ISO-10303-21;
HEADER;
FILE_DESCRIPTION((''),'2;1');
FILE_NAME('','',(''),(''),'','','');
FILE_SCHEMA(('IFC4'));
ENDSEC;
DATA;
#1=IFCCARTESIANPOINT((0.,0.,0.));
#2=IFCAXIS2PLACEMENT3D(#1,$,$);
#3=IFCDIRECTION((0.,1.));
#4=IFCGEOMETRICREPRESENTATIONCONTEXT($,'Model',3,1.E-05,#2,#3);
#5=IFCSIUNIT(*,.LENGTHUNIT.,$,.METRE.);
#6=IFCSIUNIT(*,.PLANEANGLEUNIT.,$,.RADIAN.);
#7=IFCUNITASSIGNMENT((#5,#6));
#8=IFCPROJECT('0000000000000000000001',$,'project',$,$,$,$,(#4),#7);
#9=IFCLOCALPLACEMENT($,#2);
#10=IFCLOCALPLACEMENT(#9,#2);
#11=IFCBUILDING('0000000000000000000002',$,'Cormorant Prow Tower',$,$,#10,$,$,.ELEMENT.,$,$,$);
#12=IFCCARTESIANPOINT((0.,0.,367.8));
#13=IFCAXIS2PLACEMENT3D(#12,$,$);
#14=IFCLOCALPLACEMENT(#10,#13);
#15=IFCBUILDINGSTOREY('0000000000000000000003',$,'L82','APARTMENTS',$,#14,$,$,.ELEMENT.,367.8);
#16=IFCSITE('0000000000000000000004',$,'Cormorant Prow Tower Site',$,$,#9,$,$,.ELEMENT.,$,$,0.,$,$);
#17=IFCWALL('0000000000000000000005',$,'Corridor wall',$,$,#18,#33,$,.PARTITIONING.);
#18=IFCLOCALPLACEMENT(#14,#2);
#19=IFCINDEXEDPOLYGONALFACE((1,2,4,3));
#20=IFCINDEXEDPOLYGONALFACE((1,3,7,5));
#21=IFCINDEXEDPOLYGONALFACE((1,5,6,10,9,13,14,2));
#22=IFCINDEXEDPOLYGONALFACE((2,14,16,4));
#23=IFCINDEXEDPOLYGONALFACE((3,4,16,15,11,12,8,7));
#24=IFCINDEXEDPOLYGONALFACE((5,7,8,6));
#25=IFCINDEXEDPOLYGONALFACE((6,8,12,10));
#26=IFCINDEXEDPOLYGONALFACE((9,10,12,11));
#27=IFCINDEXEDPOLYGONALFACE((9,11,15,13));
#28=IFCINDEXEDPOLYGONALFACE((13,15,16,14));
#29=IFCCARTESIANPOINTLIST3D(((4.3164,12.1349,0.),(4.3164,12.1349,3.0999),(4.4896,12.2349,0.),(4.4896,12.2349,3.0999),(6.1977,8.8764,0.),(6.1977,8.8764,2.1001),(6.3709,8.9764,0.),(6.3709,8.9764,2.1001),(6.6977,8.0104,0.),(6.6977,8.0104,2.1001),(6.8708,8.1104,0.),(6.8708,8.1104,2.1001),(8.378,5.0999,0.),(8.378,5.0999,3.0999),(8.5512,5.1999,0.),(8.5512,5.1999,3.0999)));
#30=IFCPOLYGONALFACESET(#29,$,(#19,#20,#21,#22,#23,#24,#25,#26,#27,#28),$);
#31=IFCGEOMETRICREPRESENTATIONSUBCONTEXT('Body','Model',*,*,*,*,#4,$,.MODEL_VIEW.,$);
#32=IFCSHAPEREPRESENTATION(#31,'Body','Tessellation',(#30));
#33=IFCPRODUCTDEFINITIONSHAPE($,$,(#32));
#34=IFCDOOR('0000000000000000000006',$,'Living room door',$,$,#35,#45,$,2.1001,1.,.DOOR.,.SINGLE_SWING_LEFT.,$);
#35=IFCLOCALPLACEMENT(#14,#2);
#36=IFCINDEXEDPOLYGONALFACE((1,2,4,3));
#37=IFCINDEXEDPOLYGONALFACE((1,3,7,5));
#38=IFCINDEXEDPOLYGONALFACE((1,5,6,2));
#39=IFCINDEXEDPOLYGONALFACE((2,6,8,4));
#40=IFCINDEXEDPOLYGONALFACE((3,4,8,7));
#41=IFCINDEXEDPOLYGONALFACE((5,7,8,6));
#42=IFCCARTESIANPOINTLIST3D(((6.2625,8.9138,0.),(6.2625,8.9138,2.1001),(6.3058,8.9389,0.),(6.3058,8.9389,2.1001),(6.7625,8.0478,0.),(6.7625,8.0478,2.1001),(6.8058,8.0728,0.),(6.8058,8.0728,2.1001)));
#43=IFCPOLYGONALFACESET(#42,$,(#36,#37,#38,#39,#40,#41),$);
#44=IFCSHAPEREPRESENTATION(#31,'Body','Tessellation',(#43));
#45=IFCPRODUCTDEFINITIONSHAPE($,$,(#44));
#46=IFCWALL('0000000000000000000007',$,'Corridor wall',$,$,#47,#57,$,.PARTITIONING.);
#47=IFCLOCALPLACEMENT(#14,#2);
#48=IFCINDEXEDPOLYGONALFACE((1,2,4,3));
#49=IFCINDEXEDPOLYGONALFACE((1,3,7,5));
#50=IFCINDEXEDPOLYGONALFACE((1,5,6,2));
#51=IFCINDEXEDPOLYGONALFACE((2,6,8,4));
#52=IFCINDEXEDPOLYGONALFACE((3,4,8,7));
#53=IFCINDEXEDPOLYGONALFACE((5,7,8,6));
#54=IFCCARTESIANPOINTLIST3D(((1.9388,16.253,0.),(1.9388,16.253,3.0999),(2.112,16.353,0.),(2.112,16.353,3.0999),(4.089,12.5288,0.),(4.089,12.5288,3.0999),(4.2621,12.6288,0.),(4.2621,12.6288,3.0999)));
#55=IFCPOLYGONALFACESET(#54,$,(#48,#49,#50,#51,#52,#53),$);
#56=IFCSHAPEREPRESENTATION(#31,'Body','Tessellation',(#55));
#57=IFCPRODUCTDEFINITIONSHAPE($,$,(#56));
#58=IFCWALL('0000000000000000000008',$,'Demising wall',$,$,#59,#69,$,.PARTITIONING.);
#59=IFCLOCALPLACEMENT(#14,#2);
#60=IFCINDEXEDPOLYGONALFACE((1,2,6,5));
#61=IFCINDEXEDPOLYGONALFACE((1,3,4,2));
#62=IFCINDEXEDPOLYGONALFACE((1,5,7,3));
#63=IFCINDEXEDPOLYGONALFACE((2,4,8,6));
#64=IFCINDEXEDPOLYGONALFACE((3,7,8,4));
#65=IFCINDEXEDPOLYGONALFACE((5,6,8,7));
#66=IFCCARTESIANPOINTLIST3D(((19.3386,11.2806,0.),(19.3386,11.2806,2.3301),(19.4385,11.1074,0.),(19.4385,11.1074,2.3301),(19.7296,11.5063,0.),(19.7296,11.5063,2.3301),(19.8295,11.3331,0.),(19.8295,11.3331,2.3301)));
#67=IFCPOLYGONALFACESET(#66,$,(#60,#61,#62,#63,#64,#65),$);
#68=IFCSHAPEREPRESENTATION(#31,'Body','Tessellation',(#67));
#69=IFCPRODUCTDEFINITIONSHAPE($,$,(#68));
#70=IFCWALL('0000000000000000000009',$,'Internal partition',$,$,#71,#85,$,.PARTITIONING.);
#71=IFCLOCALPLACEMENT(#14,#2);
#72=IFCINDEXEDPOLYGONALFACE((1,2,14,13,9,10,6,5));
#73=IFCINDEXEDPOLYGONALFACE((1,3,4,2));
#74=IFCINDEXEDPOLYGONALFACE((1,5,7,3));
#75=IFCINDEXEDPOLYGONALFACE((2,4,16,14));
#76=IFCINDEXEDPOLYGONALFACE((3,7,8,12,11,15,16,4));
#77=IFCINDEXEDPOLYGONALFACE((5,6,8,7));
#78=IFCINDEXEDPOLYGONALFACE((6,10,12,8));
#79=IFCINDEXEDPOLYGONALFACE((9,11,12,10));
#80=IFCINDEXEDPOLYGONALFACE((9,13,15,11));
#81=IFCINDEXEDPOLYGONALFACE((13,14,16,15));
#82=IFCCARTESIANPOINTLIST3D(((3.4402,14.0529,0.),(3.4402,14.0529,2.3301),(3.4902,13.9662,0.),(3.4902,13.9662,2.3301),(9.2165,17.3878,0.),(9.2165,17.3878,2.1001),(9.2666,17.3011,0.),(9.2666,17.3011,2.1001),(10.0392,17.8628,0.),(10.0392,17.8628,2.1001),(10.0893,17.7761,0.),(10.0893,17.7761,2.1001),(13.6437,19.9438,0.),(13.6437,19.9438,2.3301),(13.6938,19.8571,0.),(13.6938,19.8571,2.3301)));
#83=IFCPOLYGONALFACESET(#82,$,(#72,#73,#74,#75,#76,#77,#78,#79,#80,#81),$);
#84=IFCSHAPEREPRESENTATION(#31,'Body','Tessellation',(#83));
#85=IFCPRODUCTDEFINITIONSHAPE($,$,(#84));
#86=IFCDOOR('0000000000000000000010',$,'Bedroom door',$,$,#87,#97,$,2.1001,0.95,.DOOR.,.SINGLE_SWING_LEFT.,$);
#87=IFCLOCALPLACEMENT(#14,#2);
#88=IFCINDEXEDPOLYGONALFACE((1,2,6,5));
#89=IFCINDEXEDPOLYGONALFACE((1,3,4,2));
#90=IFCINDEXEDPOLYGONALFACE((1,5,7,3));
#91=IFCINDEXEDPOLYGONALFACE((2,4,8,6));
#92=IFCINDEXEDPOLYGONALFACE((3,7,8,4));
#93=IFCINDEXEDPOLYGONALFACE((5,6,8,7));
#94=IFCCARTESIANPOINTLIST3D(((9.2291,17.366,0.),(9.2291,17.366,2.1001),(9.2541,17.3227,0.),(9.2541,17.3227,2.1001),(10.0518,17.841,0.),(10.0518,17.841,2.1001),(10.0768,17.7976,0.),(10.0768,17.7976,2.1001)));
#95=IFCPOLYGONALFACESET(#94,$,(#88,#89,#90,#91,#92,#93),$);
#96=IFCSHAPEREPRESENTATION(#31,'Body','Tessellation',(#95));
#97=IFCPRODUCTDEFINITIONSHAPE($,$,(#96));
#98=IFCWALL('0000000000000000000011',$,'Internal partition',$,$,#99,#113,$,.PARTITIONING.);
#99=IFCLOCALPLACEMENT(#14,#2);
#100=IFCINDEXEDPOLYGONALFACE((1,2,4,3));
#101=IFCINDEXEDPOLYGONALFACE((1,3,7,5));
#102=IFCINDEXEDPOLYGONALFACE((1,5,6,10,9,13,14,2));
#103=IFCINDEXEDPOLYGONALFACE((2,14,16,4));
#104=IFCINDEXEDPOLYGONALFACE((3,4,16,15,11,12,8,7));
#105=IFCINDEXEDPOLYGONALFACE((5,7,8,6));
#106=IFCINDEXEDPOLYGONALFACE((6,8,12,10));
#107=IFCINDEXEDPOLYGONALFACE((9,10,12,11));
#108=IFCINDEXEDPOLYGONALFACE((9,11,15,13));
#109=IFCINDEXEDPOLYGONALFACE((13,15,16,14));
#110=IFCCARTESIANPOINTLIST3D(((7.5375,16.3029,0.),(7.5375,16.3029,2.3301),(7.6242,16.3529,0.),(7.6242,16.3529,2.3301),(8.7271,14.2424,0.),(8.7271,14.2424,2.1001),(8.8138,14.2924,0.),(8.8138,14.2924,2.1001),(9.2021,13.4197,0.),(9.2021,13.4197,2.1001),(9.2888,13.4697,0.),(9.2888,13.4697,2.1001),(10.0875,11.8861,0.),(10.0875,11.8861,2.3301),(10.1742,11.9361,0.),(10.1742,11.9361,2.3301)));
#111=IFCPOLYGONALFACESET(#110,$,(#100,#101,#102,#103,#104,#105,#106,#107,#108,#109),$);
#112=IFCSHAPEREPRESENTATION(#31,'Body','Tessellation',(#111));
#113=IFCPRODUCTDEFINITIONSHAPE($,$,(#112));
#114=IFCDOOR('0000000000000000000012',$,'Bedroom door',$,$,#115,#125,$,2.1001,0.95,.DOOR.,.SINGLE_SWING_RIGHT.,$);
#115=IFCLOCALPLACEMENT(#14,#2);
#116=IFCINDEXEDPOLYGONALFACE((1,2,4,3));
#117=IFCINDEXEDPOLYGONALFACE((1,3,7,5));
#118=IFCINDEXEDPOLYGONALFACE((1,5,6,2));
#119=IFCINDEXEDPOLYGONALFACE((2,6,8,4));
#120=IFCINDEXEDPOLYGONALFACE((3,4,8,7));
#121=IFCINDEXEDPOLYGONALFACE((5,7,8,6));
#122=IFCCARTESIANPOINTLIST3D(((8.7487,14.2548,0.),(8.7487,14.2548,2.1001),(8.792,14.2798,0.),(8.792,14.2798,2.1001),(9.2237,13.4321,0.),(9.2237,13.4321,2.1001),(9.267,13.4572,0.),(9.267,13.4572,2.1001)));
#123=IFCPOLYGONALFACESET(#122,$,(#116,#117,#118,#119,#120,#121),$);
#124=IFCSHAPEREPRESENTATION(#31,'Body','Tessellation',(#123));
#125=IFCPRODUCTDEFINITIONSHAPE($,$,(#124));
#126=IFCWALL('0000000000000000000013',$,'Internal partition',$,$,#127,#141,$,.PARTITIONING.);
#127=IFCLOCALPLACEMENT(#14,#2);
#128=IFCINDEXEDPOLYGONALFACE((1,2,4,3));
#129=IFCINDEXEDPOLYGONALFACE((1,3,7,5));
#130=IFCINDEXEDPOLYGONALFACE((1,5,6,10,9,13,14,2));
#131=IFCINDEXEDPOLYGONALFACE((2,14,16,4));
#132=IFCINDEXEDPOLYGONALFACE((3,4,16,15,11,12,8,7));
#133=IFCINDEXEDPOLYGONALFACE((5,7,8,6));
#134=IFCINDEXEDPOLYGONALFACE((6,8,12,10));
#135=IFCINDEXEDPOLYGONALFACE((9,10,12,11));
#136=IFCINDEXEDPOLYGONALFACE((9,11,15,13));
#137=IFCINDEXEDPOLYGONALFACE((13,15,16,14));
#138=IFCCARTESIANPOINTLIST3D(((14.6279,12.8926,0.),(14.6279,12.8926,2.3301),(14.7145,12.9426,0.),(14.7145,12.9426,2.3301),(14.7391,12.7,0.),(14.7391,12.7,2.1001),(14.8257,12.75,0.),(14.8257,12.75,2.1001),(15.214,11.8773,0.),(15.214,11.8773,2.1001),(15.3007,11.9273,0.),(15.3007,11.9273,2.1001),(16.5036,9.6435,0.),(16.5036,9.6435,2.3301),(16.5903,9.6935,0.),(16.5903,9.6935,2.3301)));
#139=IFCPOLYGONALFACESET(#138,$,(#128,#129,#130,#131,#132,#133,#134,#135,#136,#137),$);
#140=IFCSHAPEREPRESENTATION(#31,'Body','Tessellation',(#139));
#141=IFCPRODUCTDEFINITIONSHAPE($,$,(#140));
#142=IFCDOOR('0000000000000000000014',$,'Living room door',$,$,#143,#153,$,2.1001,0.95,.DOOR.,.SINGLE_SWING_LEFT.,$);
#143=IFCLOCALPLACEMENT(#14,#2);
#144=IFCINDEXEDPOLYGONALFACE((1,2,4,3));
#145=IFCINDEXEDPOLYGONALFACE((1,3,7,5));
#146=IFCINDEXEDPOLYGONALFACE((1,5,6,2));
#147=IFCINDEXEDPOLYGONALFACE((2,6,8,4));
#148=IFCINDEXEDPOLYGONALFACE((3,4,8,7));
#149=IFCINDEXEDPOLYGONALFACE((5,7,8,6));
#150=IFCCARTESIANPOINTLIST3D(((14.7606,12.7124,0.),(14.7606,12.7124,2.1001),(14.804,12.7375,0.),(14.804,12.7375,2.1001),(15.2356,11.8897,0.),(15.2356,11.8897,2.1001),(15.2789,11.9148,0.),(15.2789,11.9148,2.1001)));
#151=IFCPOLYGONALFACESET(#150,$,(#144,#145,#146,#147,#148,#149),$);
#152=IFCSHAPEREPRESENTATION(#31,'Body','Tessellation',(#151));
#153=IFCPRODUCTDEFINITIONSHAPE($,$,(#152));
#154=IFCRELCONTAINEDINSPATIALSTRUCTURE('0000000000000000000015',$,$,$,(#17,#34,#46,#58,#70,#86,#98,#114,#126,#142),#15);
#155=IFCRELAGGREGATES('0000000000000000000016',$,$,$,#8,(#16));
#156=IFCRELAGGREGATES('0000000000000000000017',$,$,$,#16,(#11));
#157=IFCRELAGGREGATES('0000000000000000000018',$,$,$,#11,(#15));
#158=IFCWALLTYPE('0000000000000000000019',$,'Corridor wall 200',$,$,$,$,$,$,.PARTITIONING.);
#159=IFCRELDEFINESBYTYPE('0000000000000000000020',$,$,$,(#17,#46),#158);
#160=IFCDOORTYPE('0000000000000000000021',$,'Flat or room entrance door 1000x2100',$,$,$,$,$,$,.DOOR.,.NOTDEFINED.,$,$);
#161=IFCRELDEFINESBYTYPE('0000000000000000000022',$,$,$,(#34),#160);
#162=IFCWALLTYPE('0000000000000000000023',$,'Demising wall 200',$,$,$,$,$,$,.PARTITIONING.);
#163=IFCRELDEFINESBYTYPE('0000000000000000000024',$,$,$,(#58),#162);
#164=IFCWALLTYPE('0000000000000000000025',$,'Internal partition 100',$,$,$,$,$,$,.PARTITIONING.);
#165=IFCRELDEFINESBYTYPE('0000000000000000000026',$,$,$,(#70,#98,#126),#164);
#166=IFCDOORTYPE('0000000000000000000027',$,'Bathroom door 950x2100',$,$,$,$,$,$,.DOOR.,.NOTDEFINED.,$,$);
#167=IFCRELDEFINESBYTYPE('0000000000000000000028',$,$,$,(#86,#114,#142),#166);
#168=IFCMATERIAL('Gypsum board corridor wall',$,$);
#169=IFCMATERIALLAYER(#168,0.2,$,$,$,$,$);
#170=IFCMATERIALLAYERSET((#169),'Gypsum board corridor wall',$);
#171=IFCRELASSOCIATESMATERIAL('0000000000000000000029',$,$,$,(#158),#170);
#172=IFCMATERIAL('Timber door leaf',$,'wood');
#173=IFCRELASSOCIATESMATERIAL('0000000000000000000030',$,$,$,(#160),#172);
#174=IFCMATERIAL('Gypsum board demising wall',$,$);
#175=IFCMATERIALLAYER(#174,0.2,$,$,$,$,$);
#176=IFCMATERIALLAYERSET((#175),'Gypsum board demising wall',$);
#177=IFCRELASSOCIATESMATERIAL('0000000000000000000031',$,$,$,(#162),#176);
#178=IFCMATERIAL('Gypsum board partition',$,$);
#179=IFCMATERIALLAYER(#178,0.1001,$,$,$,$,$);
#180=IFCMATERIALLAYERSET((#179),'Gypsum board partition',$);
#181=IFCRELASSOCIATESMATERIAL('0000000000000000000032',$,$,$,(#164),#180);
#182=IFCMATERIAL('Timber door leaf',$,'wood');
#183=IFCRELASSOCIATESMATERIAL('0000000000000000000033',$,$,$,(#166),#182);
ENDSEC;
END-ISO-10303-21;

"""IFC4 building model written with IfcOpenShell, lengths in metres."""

from ifc_helpers import new_model, si_unit, direction, frame, frame_2d, origin, place, context, subcontext, project, spatial, rectangle, extrude, material, layer, layer_set, type_object, element, fill, save


model = new_model("IFC4")

# Units and contexts
model_context = context("Model", 3, precision=1e-05, world=origin(), true_north=direction((0.0, 1.0)))
body_context = subcontext(model_context, "Body", "Model", "MODEL_VIEW")
ifc_project = project(units=[si_unit("LENGTHUNIT", "METRE"), si_unit("PLANEANGLEUNIT", "RADIAN")], contexts=[model_context])

# Site, building, storey
site_placement = place(None, origin())
site = spatial("IfcSite", under=ifc_project, at=site_placement, Name="Cormorant Prow Tower Site", CompositionType="ELEMENT", RefElevation=0.0)
building_placement = place(site_placement, origin())
building = spatial("IfcBuilding", under=site, at=building_placement, Name="Cormorant Prow Tower", CompositionType="ELEMENT")
storey_placement = place(building_placement, frame((0.0, 0.0, 367.8)))
storey = spatial("IfcBuildingStorey", under=building, at=storey_placement, Name="L82", Description="APARTMENTS", CompositionType="ELEMENT", Elevation=367.8)

# Wall, opening, door
ifc_material_1 = material(Name="Gypsum board corridor wall")
ifc_layer_1 = layer(ifc_material_1, 0.2)
ifc_layer_set_1 = layer_set([ifc_layer_1], Name="Gypsum board corridor wall")
wall_type_1 = type_object("IfcWallType", Name="Corridor wall 200", PredefinedType="PARTITIONING", material=ifc_layer_set_1)
wall_1_placement = place(storey_placement, frame((4.4031, 12.1848, 0.0), z_axis=(0.0, 0.0, 1.0), x_axis=(0.499992, -0.86603, 0.0)))
wall_1 = element("IfcWall", 1, at=wall_1_placement, inside=storey, type_object=wall_type_1, Name="Corridor wall", PredefinedType="PARTITIONING", context=body_context, shape_type="SweptSolid", body=[
    extrude(rectangle(XDim=8.1233, YDim=0.2, at=frame_2d((4.0615, 0.0))), origin(), (0.0, 0.0, 1.0), 3.0999),
])
opening_1_placement = place(wall_1_placement, frame((3.7625, 0.0, 0.0)))
opening_1 = element("IfcOpeningElement", 2, at=opening_1_placement, cuts=wall_1, PredefinedType="OPENING", context=body_context, shape_type="SweptSolid", body=[
    extrude(rectangle(XDim=1.0, YDim=2.1001, at=frame_2d((0.5, 1.05))), frame((0.0, 0.1099, 0.0), z_axis=(0.0, -1.0, 0.0), x_axis=(1.0, 0.0, 0.0)), (0.0, 0.0, 1.0), 0.22),
])
ifc_material_2 = material(Name="Timber door leaf", Category="wood")
door_type_1 = type_object("IfcDoorType", Name="Flat or room entrance door 1000x2100", OperationType="NOTDEFINED", PredefinedType="DOOR", material=ifc_material_2)
door_1_placement = place(opening_1_placement, origin())
door_1 = element("IfcDoor", 3, at=door_1_placement, inside=storey, type_object=door_type_1, Name="Living room door", OperationType="SINGLE_SWING_LEFT", OverallHeight=2.1001, OverallWidth=1.0, PredefinedType="DOOR", context=body_context, shape_type="SweptSolid", body=[
    extrude(rectangle(XDim=1.0, YDim=2.1001, at=frame_2d((0.5, 1.05))), frame((0.0, 0.0249, 0.0), z_axis=(0.0, -1.0, 0.0), x_axis=(1.0, 0.0, 0.0)), (0.0, 0.0, 1.0), 0.05),
])
fill(opening_1, door_1)

# Walls
wall_2_placement = place(storey_placement, frame((2.0254, 16.303, 0.0), z_axis=(0.0, 0.0, 1.0), x_axis=(0.500004, -0.866023, 0.0)))
element("IfcWall", 4, at=wall_2_placement, inside=storey, type_object=wall_type_1, Name="Corridor wall", PredefinedType="PARTITIONING", context=body_context, shape_type="SweptSolid", body=[
    extrude(rectangle(XDim=4.3003, YDim=0.2, at=frame_2d((2.1501, 0.0))), origin(), (0.0, 0.0, 1.0), 3.0999),
])
ifc_material_3 = material(Name="Gypsum board demising wall")
ifc_layer_2 = layer(ifc_material_3, 0.2)
ifc_layer_set_2 = layer_set([ifc_layer_2], Name="Gypsum board demising wall")
wall_type_2 = type_object("IfcWallType", Name="Demising wall 200", PredefinedType="PARTITIONING", material=ifc_layer_set_2)
wall_3_placement = place(storey_placement, frame((19.3887, 11.1941, 0.0), z_axis=(0.0, 0.0, 1.0), x_axis=(0.866105, 0.499863, 0.0)))
element("IfcWall", 5, at=wall_3_placement, inside=storey, type_object=wall_type_2, Name="Demising wall", PredefinedType="PARTITIONING", context=body_context, shape_type="SweptSolid", body=[
    extrude(rectangle(XDim=0.4514, YDim=0.2, at=frame_2d((0.2256, 0.0))), origin(), (0.0, 0.0, 1.0), 2.3301),
])

# Walls, openings, doors
ifc_material_4 = material(Name="Gypsum board partition")
ifc_layer_3 = layer(ifc_material_4, 0.1001)
ifc_layer_set_3 = layer_set([ifc_layer_3], Name="Gypsum board partition")
wall_type_3 = type_object("IfcWallType", Name="Internal partition 100", PredefinedType="PARTITIONING", material=ifc_layer_set_3)
wall_4_placement = place(storey_placement, frame((3.4651, 14.0095, 0.0), z_axis=(0.0, 0.0, 1.0), x_axis=(0.866032, 0.499988, 0.0)))
wall_4 = element("IfcWall", 6, at=wall_4_placement, inside=storey, type_object=wall_type_3, Name="Internal partition", PredefinedType="PARTITIONING", context=body_context, shape_type="SweptSolid", body=[
    extrude(rectangle(XDim=11.782, YDim=0.1001, at=frame_2d((5.8911, 0.0))), origin(), (0.0, 0.0, 1.0), 2.3301),
])
opening_2_placement = place(wall_4_placement, frame((6.6699, 0.0, 0.0)))
opening_2 = element("IfcOpeningElement", 7, at=opening_2_placement, cuts=wall_4, PredefinedType="OPENING", context=body_context, shape_type="SweptSolid", body=[
    extrude(rectangle(XDim=0.95, YDim=2.1001, at=frame_2d((0.4751, 1.05))), frame((0.0, 0.0601, 0.0), z_axis=(0.0, -1.0, 0.0), x_axis=(1.0, 0.0, 0.0)), (0.0, 0.0, 1.0), 0.1201),
])
ifc_material_5 = material(Name="Timber door leaf", Category="wood")
door_type_2 = type_object("IfcDoorType", Name="Bathroom door 950x2100", OperationType="NOTDEFINED", PredefinedType="DOOR", material=ifc_material_5)
door_2_placement = place(opening_2_placement, origin())
door_2 = element("IfcDoor", 8, at=door_2_placement, inside=storey, type_object=door_type_2, Name="Bedroom door", OperationType="SINGLE_SWING_LEFT", OverallHeight=2.1001, OverallWidth=0.95, PredefinedType="DOOR", context=body_context, shape_type="SweptSolid", body=[
    extrude(rectangle(XDim=0.95, YDim=2.1001, at=frame_2d((0.4751, 1.05))), frame((0.0, 0.0249, 0.0), z_axis=(0.0, -1.0, 0.0), x_axis=(1.0, 0.0, 0.0)), (0.0, 0.0, 1.0), 0.05),
])
fill(opening_2, door_2)
wall_5_placement = place(storey_placement, frame((7.5808, 16.3279, 0.0), z_axis=(0.0, 0.0, 1.0), x_axis=(0.500006, -0.866022, 0.0)))
wall_5 = element("IfcWall", 9, at=wall_5_placement, inside=storey, type_object=wall_type_3, Name="Internal partition", PredefinedType="PARTITIONING", context=body_context, shape_type="SweptSolid", body=[
    extrude(rectangle(XDim=5.1001, YDim=0.1001, at=frame_2d((2.55, 0.0))), origin(), (0.0, 0.0, 1.0), 2.3301),
])
opening_3_placement = place(wall_5_placement, frame((2.3792, 0.0, 0.0)))
opening_3 = element("IfcOpeningElement", 10, at=opening_3_placement, cuts=wall_5, PredefinedType="OPENING", context=body_context, shape_type="SweptSolid", body=[
    extrude(rectangle(XDim=0.95, YDim=2.1001, at=frame_2d((0.4751, 1.05))), frame((0.0, 0.0601, 0.0), z_axis=(0.0, -1.0, 0.0), x_axis=(1.0, 0.0, 0.0)), (0.0, 0.0, 1.0), 0.1201),
])
door_3_placement = place(opening_3_placement, origin())
door_3 = element("IfcDoor", 11, at=door_3_placement, inside=storey, type_object=door_type_2, Name="Bedroom door", OperationType="SINGLE_SWING_RIGHT", OverallHeight=2.1001, OverallWidth=0.95, PredefinedType="DOOR", context=body_context, shape_type="SweptSolid", body=[
    extrude(rectangle(XDim=0.95, YDim=2.1001, at=frame_2d((0.4751, 1.05))), frame((0.0, 0.0249, 0.0), z_axis=(0.0, -1.0, 0.0), x_axis=(1.0, 0.0, 0.0)), (0.0, 0.0, 1.0), 0.05),
])
fill(opening_3, door_3)
wall_6_placement = place(storey_placement, frame((14.6711, 12.9177, 0.0), z_axis=(0.0, 0.0, 1.0), x_axis=(0.499982, -0.866036, 0.0)))
wall_6 = element("IfcWall", 12, at=wall_6_placement, inside=storey, type_object=wall_type_3, Name="Internal partition", PredefinedType="PARTITIONING", context=body_context, shape_type="SweptSolid", body=[
    extrude(rectangle(XDim=3.7517, YDim=0.1001, at=frame_2d((1.876, 0.0))), origin(), (0.0, 0.0, 1.0), 2.3301),
])
opening_4_placement = place(wall_6_placement, frame((0.2224, 0.0, 0.0)))
opening_4 = element("IfcOpeningElement", 13, at=opening_4_placement, cuts=wall_6, PredefinedType="OPENING", context=body_context, shape_type="SweptSolid", body=[
    extrude(rectangle(XDim=0.95, YDim=2.1001, at=frame_2d((0.4751, 1.05))), frame((0.0, 0.0601, 0.0), z_axis=(0.0, -1.0, 0.0), x_axis=(1.0, 0.0, 0.0)), (0.0, 0.0, 1.0), 0.1201),
])
door_4_placement = place(opening_4_placement, origin())
door_4 = element("IfcDoor", 14, at=door_4_placement, inside=storey, type_object=door_type_2, Name="Living room door", OperationType="SINGLE_SWING_LEFT", OverallHeight=2.1001, OverallWidth=0.95, PredefinedType="DOOR", context=body_context, shape_type="SweptSolid", body=[
    extrude(rectangle(XDim=0.95, YDim=2.1001, at=frame_2d((0.4751, 1.05))), frame((0.0, 0.0249, 0.0), z_axis=(0.0, -1.0, 0.0), x_axis=(1.0, 0.0, 0.0)), (0.0, 0.0, 1.0), 0.05),
])
fill(opening_4, door_4)

save(model, "model.ifc")
